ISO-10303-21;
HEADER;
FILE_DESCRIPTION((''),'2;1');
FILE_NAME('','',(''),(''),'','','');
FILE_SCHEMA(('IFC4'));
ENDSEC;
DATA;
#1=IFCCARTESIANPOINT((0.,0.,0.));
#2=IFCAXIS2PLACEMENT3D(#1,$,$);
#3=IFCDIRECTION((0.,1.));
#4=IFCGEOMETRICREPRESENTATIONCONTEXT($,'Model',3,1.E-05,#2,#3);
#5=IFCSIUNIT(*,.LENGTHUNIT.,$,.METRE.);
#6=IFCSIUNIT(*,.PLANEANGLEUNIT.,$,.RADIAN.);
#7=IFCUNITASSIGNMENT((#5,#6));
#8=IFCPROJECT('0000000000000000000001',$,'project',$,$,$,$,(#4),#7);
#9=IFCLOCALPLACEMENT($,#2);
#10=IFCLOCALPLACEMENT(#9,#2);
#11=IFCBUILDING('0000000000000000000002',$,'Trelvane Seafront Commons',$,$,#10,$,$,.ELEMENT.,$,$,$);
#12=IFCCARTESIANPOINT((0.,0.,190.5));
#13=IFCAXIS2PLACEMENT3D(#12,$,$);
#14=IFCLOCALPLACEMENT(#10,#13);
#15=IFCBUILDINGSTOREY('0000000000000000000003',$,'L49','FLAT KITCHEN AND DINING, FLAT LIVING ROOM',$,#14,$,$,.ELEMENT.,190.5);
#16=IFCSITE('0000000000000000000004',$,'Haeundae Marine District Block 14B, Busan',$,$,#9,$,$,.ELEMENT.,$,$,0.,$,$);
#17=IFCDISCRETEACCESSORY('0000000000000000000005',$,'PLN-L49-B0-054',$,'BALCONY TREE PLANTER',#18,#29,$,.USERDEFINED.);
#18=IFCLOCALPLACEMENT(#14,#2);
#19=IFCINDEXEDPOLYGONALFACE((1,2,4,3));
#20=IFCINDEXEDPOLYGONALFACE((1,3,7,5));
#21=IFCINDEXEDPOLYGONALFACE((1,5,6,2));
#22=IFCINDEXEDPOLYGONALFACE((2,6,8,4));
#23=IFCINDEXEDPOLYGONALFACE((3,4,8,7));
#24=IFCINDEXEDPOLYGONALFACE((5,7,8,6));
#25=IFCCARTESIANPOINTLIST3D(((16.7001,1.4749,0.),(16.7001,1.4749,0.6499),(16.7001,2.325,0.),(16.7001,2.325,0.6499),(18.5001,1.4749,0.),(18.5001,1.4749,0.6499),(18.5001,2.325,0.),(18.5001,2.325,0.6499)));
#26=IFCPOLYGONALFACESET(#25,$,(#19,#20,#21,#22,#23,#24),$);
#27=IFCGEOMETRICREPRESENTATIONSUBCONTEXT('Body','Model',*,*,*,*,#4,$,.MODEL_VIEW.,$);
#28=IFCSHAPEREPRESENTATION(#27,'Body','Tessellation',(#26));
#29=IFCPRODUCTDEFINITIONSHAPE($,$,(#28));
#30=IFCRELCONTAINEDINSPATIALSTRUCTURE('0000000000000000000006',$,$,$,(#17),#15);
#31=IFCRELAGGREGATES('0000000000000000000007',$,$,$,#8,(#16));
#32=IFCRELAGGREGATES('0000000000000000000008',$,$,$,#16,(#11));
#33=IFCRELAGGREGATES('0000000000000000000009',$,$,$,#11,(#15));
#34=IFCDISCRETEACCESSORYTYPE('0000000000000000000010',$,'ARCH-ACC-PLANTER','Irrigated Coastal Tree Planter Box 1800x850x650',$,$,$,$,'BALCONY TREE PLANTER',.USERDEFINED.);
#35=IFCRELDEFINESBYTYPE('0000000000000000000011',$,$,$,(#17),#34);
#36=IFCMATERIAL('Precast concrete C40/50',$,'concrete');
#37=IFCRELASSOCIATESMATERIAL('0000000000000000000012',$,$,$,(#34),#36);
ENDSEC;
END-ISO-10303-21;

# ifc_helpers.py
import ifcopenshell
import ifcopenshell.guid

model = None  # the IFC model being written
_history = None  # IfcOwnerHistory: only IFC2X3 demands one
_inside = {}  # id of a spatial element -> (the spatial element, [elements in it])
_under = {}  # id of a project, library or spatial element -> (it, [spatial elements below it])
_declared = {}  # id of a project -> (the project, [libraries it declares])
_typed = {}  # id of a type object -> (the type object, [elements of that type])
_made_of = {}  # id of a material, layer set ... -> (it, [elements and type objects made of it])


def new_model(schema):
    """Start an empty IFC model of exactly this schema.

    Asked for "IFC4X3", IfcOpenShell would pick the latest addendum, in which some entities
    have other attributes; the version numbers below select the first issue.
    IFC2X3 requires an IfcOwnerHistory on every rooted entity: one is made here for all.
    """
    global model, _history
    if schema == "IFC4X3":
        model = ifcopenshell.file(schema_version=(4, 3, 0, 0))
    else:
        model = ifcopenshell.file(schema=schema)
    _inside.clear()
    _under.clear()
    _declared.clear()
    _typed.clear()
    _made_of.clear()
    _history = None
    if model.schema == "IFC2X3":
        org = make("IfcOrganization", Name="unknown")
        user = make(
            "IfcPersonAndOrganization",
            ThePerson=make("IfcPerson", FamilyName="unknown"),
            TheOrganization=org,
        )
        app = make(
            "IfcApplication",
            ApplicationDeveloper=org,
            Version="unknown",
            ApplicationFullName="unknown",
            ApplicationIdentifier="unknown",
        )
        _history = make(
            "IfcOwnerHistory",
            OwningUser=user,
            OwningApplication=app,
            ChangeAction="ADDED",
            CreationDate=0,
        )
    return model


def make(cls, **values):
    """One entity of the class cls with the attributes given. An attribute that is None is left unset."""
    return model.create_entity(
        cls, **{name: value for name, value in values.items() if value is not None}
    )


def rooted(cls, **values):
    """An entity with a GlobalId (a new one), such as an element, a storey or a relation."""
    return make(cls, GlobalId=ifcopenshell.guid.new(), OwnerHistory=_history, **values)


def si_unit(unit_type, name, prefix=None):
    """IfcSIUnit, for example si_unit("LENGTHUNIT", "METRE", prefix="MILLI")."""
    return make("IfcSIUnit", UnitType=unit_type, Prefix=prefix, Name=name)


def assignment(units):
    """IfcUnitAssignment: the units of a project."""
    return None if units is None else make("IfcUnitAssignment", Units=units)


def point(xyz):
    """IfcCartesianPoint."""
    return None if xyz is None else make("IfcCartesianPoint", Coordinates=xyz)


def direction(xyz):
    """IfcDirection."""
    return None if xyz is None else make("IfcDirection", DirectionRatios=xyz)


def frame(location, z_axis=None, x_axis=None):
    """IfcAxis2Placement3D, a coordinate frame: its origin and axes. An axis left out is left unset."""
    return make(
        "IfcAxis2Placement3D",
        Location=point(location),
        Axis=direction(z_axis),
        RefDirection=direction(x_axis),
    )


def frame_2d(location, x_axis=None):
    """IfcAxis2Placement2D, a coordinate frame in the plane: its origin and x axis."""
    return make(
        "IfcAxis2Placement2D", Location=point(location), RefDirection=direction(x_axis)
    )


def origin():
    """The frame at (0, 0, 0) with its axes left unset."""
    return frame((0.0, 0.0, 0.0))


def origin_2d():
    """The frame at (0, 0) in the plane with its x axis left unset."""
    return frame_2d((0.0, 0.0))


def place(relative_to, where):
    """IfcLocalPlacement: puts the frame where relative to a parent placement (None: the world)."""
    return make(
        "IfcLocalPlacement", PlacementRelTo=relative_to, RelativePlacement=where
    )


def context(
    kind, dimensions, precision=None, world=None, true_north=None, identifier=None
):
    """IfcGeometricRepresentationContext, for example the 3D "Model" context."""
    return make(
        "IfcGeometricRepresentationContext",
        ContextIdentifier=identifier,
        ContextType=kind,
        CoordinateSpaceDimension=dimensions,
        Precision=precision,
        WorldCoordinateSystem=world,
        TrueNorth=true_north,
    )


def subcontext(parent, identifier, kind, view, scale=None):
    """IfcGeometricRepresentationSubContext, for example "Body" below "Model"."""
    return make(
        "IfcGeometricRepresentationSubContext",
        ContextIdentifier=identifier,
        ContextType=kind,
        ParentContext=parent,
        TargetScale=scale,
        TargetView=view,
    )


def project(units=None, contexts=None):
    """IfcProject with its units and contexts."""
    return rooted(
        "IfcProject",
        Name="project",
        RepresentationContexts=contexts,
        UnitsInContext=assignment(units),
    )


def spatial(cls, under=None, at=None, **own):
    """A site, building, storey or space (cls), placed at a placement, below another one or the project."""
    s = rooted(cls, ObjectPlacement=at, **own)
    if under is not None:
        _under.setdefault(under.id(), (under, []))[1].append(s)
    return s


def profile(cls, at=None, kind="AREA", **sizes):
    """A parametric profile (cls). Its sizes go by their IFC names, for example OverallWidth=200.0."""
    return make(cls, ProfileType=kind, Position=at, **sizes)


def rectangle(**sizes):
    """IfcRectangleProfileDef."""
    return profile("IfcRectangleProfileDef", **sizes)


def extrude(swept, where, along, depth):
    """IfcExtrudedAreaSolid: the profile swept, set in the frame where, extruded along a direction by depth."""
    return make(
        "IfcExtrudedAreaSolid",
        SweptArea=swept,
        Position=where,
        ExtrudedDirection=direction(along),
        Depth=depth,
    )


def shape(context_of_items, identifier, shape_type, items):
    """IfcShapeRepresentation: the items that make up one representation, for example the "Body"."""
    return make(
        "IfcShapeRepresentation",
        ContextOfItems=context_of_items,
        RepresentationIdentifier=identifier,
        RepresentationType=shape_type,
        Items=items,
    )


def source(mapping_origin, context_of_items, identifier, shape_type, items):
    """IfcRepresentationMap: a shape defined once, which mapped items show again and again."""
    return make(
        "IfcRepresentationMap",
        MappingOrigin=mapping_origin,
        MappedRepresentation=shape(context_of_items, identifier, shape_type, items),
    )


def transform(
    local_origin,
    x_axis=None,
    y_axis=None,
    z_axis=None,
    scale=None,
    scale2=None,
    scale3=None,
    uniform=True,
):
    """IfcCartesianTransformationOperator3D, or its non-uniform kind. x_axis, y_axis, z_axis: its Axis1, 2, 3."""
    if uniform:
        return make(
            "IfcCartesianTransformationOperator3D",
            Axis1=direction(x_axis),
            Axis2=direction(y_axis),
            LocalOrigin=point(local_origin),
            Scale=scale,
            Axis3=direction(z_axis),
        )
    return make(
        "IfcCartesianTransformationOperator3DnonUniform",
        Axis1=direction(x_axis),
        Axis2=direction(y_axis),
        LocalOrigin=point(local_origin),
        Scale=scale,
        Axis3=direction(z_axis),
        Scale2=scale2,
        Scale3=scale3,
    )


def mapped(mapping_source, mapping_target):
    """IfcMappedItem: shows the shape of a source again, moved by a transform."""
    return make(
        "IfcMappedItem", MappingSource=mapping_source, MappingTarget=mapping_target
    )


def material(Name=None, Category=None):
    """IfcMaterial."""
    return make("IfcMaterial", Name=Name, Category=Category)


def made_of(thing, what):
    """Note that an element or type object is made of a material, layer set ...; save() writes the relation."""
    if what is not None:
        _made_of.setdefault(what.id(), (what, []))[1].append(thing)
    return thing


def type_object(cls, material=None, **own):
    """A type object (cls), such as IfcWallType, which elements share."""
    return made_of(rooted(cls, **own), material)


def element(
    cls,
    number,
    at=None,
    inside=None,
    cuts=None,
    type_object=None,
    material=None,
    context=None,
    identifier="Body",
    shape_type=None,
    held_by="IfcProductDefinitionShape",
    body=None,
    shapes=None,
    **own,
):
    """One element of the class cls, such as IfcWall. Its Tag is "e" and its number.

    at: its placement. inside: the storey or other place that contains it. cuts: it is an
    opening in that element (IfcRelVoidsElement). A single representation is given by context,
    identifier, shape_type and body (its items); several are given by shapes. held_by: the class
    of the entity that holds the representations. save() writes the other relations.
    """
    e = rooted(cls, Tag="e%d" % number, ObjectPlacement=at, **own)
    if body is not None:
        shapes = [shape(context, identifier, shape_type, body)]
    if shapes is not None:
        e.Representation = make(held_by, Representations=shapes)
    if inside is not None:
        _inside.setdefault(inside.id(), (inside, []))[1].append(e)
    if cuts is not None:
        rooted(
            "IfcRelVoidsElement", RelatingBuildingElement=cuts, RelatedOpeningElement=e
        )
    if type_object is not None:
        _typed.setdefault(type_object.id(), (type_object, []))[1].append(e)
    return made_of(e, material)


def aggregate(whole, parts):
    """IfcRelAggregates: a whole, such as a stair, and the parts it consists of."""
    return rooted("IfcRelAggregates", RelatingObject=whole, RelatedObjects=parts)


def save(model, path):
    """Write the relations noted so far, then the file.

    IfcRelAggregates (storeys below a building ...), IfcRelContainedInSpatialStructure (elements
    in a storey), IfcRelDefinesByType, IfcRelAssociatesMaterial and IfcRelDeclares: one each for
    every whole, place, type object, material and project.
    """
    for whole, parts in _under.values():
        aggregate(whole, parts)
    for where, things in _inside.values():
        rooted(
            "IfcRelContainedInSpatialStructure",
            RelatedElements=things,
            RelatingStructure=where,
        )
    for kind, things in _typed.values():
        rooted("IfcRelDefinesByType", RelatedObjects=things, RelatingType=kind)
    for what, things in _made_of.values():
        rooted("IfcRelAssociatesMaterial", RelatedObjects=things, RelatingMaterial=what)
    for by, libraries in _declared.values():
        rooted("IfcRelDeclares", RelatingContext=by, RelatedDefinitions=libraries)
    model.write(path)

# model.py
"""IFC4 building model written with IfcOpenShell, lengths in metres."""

from ifc_helpers import new_model, si_unit, direction, frame, origin, origin_2d, place, context, subcontext, project, spatial, rectangle, extrude, source, transform, mapped, material, type_object, element, save


model = new_model("IFC4")

# Units and contexts
model_context = context("Model", 3, precision=1e-05, world=origin(), true_north=direction((0.0, 1.0)))
body_context = subcontext(model_context, "Body", "Model", "MODEL_VIEW")
ifc_project = project(units=[si_unit("LENGTHUNIT", "METRE"), si_unit("PLANEANGLEUNIT", "RADIAN")], contexts=[model_context])

# Site, building, storey
site_placement = place(None, origin())
site = spatial("IfcSite", under=ifc_project, at=site_placement, Name="Haeundae Marine District Block 14B, Busan", CompositionType="ELEMENT", RefElevation=0.0)
building_placement = place(site_placement, origin())
building = spatial("IfcBuilding", under=site, at=building_placement, Name="Trelvane Seafront Commons", CompositionType="ELEMENT")
storey_placement = place(building_placement, frame((0.0, 0.0, 190.5)))
storey = spatial("IfcBuildingStorey", under=building, at=storey_placement, Name="L49", Description="FLAT KITCHEN AND DINING, FLAT LIVING ROOM", CompositionType="ELEMENT", Elevation=190.5)

# Shared definitions
ifc_material_1 = material(Name="Precast concrete C40/50", Category="concrete")

# Discrete accessory
discrete_accessory_type = type_object("IfcDiscreteAccessoryType", Name="ARCH-ACC-PLANTER", Description="Irrigated Coastal Tree Planter Box 1800x850x650", ElementType="BALCONY TREE PLANTER", PredefinedType="USERDEFINED", material=ifc_material_1)
shared_shape_1 = source(origin(), body_context, "Body", "SweptSolid", [
    extrude(rectangle(XDim=1.8, YDim=0.8501, at=origin_2d()), origin(), (0.0, 0.0, 1.0), 0.6499),
])
discrete_accessory_placement = place(storey_placement, frame((17.6001, 1.8999, 0.0), z_axis=(0.0, 0.0, 1.0), x_axis=(1.0, 0.0, 0.0)))
element("IfcDiscreteAccessory", 1, at=discrete_accessory_placement, inside=storey, type_object=discrete_accessory_type, Name="PLN-L49-B0-054", ObjectType="BALCONY TREE PLANTER", PredefinedType="USERDEFINED", context=body_context, shape_type="MappedRepresentation", body=[
    mapped(shared_shape_1, transform((0.0, 0.0, 0.0), x_axis=(1.0, 0.0, 0.0), y_axis=(0.0, 1.0, 0.0), z_axis=(0.0, 0.0, 1.0), scale=1.0)),
])

save(model, "model.ifc")
